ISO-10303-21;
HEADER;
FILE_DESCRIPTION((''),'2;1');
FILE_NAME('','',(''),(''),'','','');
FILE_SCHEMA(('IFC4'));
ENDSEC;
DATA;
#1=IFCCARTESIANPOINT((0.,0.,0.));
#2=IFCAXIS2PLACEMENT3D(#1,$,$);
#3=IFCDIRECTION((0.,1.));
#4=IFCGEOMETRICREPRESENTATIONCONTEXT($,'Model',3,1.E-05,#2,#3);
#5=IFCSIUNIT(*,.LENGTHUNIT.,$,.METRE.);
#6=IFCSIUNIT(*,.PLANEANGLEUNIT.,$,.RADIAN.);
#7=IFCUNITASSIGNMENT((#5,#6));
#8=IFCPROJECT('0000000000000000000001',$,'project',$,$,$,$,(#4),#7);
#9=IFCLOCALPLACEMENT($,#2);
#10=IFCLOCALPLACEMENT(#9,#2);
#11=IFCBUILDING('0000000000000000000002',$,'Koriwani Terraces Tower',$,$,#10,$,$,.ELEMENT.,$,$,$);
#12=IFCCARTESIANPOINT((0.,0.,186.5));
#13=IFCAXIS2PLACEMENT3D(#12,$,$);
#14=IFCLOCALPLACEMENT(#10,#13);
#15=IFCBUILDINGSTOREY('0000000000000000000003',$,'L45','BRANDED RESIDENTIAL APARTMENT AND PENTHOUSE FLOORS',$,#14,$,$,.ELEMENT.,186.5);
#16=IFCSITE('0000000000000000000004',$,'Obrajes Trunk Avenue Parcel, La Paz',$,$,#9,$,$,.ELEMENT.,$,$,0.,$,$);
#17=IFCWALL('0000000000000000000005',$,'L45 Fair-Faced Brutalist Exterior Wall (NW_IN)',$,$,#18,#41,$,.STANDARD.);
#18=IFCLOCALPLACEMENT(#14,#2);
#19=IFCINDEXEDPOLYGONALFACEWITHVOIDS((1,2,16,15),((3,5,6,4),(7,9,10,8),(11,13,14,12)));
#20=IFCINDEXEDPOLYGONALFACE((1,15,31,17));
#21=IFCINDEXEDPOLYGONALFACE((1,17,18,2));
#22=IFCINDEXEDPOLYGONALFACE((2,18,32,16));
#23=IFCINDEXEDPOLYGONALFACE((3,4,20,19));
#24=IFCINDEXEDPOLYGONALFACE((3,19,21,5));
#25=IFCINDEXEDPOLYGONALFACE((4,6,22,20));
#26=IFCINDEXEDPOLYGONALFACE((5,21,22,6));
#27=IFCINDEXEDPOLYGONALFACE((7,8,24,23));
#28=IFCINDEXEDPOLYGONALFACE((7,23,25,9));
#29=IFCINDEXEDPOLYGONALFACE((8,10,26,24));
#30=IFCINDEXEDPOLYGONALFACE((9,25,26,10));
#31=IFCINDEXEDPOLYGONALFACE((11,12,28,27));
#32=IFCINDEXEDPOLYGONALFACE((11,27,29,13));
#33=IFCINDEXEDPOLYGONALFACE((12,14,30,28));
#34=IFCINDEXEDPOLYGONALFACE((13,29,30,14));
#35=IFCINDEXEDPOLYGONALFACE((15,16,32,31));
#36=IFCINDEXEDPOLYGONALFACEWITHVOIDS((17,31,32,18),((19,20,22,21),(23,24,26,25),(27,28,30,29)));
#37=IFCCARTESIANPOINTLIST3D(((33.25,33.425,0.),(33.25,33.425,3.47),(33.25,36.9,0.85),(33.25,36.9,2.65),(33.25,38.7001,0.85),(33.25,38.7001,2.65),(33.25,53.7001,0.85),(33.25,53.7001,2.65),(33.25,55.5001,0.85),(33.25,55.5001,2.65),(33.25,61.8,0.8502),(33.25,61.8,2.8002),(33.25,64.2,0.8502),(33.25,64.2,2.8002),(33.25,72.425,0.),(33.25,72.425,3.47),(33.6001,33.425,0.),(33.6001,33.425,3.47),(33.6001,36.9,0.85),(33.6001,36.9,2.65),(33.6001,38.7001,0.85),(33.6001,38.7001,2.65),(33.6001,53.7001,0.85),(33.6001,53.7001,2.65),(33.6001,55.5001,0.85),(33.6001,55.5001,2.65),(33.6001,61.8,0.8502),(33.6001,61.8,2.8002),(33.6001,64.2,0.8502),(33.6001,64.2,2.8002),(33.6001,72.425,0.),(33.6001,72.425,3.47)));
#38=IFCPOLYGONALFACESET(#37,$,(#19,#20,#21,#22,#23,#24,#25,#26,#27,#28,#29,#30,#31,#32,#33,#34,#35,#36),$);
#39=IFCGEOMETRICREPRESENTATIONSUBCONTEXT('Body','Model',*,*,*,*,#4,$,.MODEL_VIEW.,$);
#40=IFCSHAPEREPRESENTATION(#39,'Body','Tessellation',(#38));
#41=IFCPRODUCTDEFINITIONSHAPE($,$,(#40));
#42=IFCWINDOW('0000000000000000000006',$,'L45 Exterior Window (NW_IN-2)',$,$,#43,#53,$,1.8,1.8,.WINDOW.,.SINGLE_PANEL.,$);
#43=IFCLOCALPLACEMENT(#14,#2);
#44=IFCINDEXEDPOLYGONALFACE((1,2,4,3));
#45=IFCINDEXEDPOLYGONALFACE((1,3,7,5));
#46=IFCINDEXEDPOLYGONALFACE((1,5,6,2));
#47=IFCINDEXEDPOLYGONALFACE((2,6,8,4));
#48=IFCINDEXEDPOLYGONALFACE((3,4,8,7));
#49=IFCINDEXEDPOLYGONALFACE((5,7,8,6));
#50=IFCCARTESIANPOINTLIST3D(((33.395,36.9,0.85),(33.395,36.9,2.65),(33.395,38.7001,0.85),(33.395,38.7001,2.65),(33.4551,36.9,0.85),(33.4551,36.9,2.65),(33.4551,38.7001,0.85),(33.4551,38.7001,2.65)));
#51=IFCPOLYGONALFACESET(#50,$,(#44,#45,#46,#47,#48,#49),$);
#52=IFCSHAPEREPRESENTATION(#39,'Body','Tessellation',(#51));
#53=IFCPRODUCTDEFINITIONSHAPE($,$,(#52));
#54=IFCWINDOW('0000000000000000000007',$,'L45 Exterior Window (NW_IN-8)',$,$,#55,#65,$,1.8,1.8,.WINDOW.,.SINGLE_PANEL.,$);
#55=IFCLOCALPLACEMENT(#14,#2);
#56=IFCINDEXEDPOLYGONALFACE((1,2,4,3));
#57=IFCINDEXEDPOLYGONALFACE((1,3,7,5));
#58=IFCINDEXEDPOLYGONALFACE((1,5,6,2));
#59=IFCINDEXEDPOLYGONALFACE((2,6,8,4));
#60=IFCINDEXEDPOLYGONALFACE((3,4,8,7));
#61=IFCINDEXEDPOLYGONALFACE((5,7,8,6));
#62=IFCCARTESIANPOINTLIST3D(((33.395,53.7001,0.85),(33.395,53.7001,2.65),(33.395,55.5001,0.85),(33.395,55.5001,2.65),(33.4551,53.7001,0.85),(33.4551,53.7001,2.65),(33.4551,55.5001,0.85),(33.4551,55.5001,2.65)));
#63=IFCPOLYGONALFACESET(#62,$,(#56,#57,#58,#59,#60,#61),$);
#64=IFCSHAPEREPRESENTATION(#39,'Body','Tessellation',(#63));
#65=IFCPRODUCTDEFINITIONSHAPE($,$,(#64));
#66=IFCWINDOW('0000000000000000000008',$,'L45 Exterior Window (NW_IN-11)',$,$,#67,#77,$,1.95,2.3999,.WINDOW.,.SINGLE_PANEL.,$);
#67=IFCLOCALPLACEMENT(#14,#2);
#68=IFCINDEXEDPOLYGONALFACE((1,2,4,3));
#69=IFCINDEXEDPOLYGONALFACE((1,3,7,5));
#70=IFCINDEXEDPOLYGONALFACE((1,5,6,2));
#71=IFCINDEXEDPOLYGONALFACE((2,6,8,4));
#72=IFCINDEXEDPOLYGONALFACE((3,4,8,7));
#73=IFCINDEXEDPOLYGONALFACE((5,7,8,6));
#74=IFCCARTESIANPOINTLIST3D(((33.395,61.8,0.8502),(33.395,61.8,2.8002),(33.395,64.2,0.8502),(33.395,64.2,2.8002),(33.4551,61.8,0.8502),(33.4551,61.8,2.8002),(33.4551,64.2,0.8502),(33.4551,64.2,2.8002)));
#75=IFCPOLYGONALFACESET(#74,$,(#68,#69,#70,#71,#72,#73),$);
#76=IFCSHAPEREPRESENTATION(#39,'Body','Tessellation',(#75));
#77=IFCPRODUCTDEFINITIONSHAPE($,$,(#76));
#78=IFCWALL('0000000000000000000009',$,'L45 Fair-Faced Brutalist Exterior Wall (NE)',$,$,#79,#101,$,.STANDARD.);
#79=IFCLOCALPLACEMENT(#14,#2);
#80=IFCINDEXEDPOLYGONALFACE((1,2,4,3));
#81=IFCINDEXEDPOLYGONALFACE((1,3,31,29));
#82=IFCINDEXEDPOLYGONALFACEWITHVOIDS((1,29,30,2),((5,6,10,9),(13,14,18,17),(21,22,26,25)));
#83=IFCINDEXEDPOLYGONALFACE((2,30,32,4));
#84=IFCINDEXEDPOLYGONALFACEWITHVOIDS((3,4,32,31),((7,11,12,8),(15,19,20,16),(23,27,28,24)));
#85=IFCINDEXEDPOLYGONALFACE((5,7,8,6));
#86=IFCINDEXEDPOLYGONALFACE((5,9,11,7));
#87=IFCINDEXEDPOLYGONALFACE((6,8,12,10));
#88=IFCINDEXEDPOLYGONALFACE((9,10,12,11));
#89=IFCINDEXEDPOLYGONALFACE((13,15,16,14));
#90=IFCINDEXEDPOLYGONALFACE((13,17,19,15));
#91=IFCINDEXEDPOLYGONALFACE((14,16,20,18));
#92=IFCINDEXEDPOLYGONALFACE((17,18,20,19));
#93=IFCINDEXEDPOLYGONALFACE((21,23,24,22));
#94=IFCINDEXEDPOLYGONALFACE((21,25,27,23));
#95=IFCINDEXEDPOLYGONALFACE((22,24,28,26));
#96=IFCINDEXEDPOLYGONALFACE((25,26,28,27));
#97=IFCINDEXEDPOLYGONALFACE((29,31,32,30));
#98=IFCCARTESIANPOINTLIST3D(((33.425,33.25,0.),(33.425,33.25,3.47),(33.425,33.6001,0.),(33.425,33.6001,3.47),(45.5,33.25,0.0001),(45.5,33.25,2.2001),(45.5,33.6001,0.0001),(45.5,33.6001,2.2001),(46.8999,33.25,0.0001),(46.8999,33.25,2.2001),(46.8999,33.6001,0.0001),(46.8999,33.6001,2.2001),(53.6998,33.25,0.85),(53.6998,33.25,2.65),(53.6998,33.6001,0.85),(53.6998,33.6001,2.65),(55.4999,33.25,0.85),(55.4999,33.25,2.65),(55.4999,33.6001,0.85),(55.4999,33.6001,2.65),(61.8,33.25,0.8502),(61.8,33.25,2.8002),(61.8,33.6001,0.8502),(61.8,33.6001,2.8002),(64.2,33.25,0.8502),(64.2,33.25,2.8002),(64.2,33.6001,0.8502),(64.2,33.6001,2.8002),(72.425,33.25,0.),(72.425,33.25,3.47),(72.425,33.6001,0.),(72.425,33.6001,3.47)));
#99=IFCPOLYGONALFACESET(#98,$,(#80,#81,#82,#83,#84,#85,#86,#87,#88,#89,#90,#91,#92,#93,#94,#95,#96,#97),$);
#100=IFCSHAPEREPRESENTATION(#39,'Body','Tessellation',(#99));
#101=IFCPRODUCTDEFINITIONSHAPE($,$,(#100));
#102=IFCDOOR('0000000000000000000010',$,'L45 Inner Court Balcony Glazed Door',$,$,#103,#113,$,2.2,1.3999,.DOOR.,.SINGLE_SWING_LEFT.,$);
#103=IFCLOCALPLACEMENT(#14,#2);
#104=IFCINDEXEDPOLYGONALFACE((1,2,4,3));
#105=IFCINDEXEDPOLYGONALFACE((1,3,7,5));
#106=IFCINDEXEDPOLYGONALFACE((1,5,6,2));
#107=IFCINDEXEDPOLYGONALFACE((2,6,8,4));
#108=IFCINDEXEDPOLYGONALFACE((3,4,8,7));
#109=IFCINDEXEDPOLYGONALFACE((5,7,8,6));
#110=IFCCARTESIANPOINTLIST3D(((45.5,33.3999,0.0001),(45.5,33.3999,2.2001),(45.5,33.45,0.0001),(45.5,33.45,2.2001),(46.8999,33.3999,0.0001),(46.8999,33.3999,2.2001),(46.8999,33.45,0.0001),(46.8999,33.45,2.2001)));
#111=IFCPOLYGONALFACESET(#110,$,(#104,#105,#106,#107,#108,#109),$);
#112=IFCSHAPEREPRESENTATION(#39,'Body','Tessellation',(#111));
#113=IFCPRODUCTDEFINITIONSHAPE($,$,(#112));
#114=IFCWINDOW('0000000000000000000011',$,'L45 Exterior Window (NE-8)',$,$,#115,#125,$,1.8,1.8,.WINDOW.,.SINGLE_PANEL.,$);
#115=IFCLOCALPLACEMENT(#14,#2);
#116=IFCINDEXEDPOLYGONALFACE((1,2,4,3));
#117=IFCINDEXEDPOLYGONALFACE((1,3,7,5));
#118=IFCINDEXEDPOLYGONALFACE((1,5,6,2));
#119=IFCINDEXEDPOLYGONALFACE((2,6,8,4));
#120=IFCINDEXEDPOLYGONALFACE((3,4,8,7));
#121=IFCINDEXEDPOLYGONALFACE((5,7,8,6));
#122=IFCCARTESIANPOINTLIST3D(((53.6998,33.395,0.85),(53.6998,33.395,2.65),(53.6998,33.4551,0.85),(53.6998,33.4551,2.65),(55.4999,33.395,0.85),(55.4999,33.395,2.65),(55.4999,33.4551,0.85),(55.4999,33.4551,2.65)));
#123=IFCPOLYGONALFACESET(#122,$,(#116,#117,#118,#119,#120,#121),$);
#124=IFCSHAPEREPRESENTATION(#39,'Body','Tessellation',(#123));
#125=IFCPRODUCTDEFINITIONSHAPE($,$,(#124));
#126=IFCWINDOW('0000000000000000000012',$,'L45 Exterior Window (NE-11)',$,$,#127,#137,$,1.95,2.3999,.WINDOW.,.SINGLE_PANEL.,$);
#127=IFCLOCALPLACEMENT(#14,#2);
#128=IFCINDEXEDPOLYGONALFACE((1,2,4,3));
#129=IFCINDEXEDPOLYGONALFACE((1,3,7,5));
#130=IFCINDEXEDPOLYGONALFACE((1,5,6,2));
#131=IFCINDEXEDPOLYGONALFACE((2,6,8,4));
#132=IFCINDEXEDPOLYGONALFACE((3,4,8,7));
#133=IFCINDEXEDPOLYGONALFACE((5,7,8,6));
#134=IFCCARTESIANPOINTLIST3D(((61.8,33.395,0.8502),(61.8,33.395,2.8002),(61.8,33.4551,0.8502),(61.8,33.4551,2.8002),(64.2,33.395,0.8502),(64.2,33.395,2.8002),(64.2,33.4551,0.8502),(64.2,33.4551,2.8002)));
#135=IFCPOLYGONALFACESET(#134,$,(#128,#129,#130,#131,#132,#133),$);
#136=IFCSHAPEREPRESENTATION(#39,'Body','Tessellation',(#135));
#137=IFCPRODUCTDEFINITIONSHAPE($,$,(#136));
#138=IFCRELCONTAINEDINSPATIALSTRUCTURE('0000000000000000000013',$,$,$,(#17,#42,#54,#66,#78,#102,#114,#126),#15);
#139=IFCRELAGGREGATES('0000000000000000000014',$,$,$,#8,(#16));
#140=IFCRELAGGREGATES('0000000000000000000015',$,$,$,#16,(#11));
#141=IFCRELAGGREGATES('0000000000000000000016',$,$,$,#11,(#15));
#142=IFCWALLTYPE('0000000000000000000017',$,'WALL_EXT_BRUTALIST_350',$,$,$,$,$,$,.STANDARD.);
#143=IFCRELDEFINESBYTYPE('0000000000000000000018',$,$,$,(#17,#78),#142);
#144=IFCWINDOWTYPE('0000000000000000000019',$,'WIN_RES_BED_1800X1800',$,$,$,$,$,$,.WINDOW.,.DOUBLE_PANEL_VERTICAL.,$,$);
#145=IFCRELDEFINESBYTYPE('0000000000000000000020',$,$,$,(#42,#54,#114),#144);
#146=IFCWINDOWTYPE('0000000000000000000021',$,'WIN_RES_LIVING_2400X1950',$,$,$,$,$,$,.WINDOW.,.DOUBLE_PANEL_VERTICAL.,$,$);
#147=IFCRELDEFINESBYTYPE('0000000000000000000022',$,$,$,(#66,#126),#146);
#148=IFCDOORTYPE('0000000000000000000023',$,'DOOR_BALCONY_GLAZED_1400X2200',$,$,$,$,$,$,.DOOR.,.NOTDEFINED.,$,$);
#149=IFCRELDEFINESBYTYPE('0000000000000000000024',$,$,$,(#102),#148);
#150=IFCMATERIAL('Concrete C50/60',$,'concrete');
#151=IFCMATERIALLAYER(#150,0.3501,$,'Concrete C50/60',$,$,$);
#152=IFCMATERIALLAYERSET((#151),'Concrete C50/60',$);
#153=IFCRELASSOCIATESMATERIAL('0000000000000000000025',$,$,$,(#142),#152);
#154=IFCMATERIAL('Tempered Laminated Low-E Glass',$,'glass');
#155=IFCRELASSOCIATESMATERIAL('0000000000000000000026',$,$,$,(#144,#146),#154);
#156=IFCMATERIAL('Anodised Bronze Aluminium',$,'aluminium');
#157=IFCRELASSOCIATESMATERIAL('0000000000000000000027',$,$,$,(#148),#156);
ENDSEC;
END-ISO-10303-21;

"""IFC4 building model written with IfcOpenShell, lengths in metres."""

from ifc_helpers import new_model, si_unit, direction, frame, frame_2d, origin, place, context, subcontext, project, spatial, rectangle, extrude, material, layer, layer_set, type_object, element, fill, save


model = new_model("IFC4")

# Units and contexts
model_context = context("Model", 3, precision=1e-05, world=origin(), true_north=direction((0.0, 1.0)))
body_context = subcontext(model_context, "Body", "Model", "MODEL_VIEW")
ifc_project = project(units=[si_unit("LENGTHUNIT", "METRE"), si_unit("PLANEANGLEUNIT", "RADIAN")], contexts=[model_context])

# Site, building, storey
site_placement = place(None, origin())
site = spatial("IfcSite", under=ifc_project, at=site_placement, Name="Obrajes Trunk Avenue Parcel, La Paz", CompositionType="ELEMENT", RefElevation=0.0)
building_placement = place(site_placement, origin())
building = spatial("IfcBuilding", under=site, at=building_placement, Name="Koriwani Terraces Tower", CompositionType="ELEMENT")
storey_placement = place(building_placement, frame((0.0, 0.0, 186.5)))
storey = spatial("IfcBuildingStorey", under=building, at=storey_placement, Name="L45", Description="BRANDED RESIDENTIAL APARTMENT AND PENTHOUSE FLOORS", CompositionType="ELEMENT", Elevation=186.5)

# Shared definitions
ifc_material_1 = material(Name="Concrete C50/60", Category="concrete")

# Wall, openings, windows
ifc_layer_1 = layer(ifc_material_1, 0.3501, Name="Concrete C50/60")
ifc_layer_set_1 = layer_set([ifc_layer_1], Name="Concrete C50/60")
wall_type_1 = type_object("IfcWallType", Name="WALL_EXT_BRUTALIST_350", PredefinedType="STANDARD", material=ifc_layer_set_1)
wall_1_placement = place(storey_placement, frame((33.425, 72.425, 0.0), z_axis=(0.0, 0.0, 1.0), x_axis=(0.0, -1.0, 0.0)))
wall_1 = element("IfcWall", 1, at=wall_1_placement, inside=storey, type_object=wall_type_1, Name="L45 Fair-Faced Brutalist Exterior Wall (NW_IN)", PredefinedType="STANDARD", context=body_context, shape_type="SweptSolid", body=[
    extrude(rectangle(XDim=39.0, YDim=0.3501, at=frame_2d((19.5, 0.0))), origin(), (0.0, 0.0, 1.0), 3.47),
])
opening_1_placement = place(wall_1_placement, frame((33.7251, 0.0, 0.8501)))
opening_1 = element("IfcOpeningElement", 2, at=opening_1_placement, cuts=wall_1, PredefinedType="OPENING", context=body_context, shape_type="SweptSolid", body=[
    extrude(rectangle(XDim=1.8, YDim=1.8, at=frame_2d((0.8999, 0.8999))), frame((0.0, 0.1851, 0.0), z_axis=(0.0, -1.0, 0.0), x_axis=(1.0, 0.0, 0.0)), (0.0, 0.0, 1.0), 0.3701),
])
opening_2_placement = place(wall_1_placement, frame((16.925, 0.0, 0.8501)))
opening_2 = element("IfcOpeningElement", 3, at=opening_2_placement, cuts=wall_1, PredefinedType="OPENING", context=body_context, shape_type="SweptSolid", body=[
    extrude(rectangle(XDim=1.8, YDim=1.8, at=frame_2d((0.8999, 0.8999))), frame((0.0, 0.1851, 0.0), z_axis=(0.0, -1.0, 0.0), x_axis=(1.0, 0.0, 0.0)), (0.0, 0.0, 1.0), 0.3701),
])
opening_3_placement = place(wall_1_placement, frame((8.2251, 0.0, 0.8501)))
opening_3 = element("IfcOpeningElement", 4, at=opening_3_placement, cuts=wall_1, PredefinedType="OPENING", context=body_context, shape_type="SweptSolid", body=[
    extrude(rectangle(XDim=2.3999, YDim=1.95, at=frame_2d((1.2, 0.9751))), frame((0.0, 0.1851, 0.0), z_axis=(0.0, -1.0, 0.0), x_axis=(1.0, 0.0, 0.0)), (0.0, 0.0, 1.0), 0.3701),
])
ifc_material_2 = material(Name="Tempered Laminated Low-E Glass", Category="glass")
window_type_1 = type_object("IfcWindowType", Name="WIN_RES_BED_1800X1800", PartitioningType="DOUBLE_PANEL_VERTICAL", PredefinedType="WINDOW", material=ifc_material_2)
window_1_placement = place(opening_1_placement, origin())
window_1 = element("IfcWindow", 5, at=window_1_placement, inside=storey, type_object=window_type_1, Name="L45 Exterior Window (NW_IN-2)", OverallHeight=1.8, OverallWidth=1.8, PartitioningType="SINGLE_PANEL", PredefinedType="WINDOW", context=body_context, shape_type="SweptSolid", body=[
    extrude(rectangle(XDim=1.8, YDim=1.8, at=frame_2d((0.8999, 0.8999))), frame((0.0, 0.03, 0.0), z_axis=(0.0, -1.0, 0.0), x_axis=(1.0, 0.0, 0.0)), (0.0, 0.0, 1.0), 0.0601),
])
fill(opening_1, window_1)
window_2_placement = place(opening_2_placement, origin())
window_2 = element("IfcWindow", 6, at=window_2_placement, inside=storey, type_object=window_type_1, Name="L45 Exterior Window (NW_IN-8)", OverallHeight=1.8, OverallWidth=1.8, PartitioningType="SINGLE_PANEL", PredefinedType="WINDOW", context=body_context, shape_type="SweptSolid", body=[
    extrude(rectangle(XDim=1.8, YDim=1.8, at=frame_2d((0.8999, 0.8999))), frame((0.0, 0.03, 0.0), z_axis=(0.0, -1.0, 0.0), x_axis=(1.0, 0.0, 0.0)), (0.0, 0.0, 1.0), 0.0601),
])
fill(opening_2, window_2)
window_type_2 = type_object("IfcWindowType", Name="WIN_RES_LIVING_2400X1950", PartitioningType="DOUBLE_PANEL_VERTICAL", PredefinedType="WINDOW", material=ifc_material_2)
window_3_placement = place(opening_3_placement, origin())
window_3 = element("IfcWindow", 7, at=window_3_placement, inside=storey, type_object=window_type_2, Name="L45 Exterior Window (NW_IN-11)", OverallHeight=1.95, OverallWidth=2.3999, PartitioningType="SINGLE_PANEL", PredefinedType="WINDOW", context=body_context, shape_type="SweptSolid", body=[
    extrude(rectangle(XDim=2.3999, YDim=1.95, at=frame_2d((1.2, 0.9751))), frame((0.0, 0.03, 0.0), z_axis=(0.0, -1.0, 0.0), x_axis=(1.0, 0.0, 0.0)), (0.0, 0.0, 1.0), 0.0601),
])
fill(opening_3, window_3)

# Wall, openings, door, windows
wall_2_placement = place(storey_placement, frame((33.425, 33.425, 0.0), z_axis=(0.0, 0.0, 1.0), x_axis=(1.0, 0.0, 0.0)))
wall_2 = element("IfcWall", 8, at=wall_2_placement, inside=storey, type_object=wall_type_1, Name="L45 Fair-Faced Brutalist Exterior Wall (NE)", PredefinedType="STANDARD", context=body_context, shape_type="SweptSolid", body=[
    extrude(rectangle(XDim=39.0, YDim=0.3501, at=frame_2d((19.5, 0.0))), origin(), (0.0, 0.0, 1.0), 3.47),
])
opening_4_placement = place(wall_2_placement, frame((12.075, 0.0, 0.0)))
opening_4 = element("IfcOpeningElement", 9, at=opening_4_placement, cuts=wall_2, PredefinedType="OPENING", context=body_context, shape_type="SweptSolid", body=[
    extrude(rectangle(XDim=1.3999, YDim=2.2, at=frame_2d((0.7, 1.1001))), frame((0.0, 0.1851, 0.0), z_axis=(0.0, -1.0, 0.0), x_axis=(1.0, 0.0, 0.0)), (0.0, 0.0, 1.0), 0.3701),
])
opening_5_placement = place(wall_2_placement, frame((20.2749, 0.0, 0.8501)))
opening_5 = element("IfcOpeningElement", 10, at=opening_5_placement, cuts=wall_2, PredefinedType="OPENING", context=body_context, shape_type="SweptSolid", body=[
    extrude(rectangle(XDim=1.8, YDim=1.8, at=frame_2d((0.8999, 0.8999))), frame((0.0, 0.1851, 0.0), z_axis=(0.0, -1.0, 0.0), x_axis=(1.0, 0.0, 0.0)), (0.0, 0.0, 1.0), 0.3701),
])
opening_6_placement = place(wall_2_placement, frame((28.375, 0.0, 0.8501)))
opening_6 = element("IfcOpeningElement", 11, at=opening_6_placement, cuts=wall_2, PredefinedType="OPENING", context=body_context, shape_type="SweptSolid", body=[
    extrude(rectangle(XDim=2.3999, YDim=1.95, at=frame_2d((1.2, 0.9751))), frame((0.0, 0.1851, 0.0), z_axis=(0.0, -1.0, 0.0), x_axis=(1.0, 0.0, 0.0)), (0.0, 0.0, 1.0), 0.3701),
])
ifc_material_3 = material(Name="Anodised Bronze Aluminium", Category="aluminium")
door_type = type_object("IfcDoorType", Name="DOOR_BALCONY_GLAZED_1400X2200", OperationType="NOTDEFINED", PredefinedType="DOOR", material=ifc_material_3)
door_placement = place(opening_4_placement, origin())
door = element("IfcDoor", 12, at=door_placement, inside=storey, type_object=door_type, Name="L45 Inner Court Balcony Glazed Door", OperationType="SINGLE_SWING_LEFT", OverallHeight=2.2, OverallWidth=1.3999, PredefinedType="DOOR", context=body_context, shape_type="SweptSolid", body=[
    extrude(rectangle(XDim=1.3999, YDim=2.2, at=frame_2d((0.7, 1.1001))), frame((0.0, 0.0249, 0.0), z_axis=(0.0, -1.0, 0.0), x_axis=(1.0, 0.0, 0.0)), (0.0, 0.0, 1.0), 0.05),
])
fill(opening_4, door)
window_4_placement = place(opening_5_placement, origin())
window_4 = element("IfcWindow", 13, at=window_4_placement, inside=storey, type_object=window_type_1, Name="L45 Exterior Window (NE-8)", OverallHeight=1.8, OverallWidth=1.8, PartitioningType="SINGLE_PANEL", PredefinedType="WINDOW", context=body_context, shape_type="SweptSolid", body=[
    extrude(rectangle(XDim=1.8, YDim=1.8, at=frame_2d((0.8999, 0.8999))), frame((0.0, 0.03, 0.0), z_axis=(0.0, -1.0, 0.0), x_axis=(1.0, 0.0, 0.0)), (0.0, 0.0, 1.0), 0.0601),
])
fill(opening_5, window_4)
window_5_placement = place(opening_6_placement, origin())
window_5 = element("IfcWindow", 14, at=window_5_placement, inside=storey, type_object=window_type_2, Name="L45 Exterior Window (NE-11)", OverallHeight=1.95, OverallWidth=2.3999, PartitioningType="SINGLE_PANEL", PredefinedType="WINDOW", context=body_context, shape_type="SweptSolid", body=[
    extrude(rectangle(XDim=2.3999, YDim=1.95, at=frame_2d((1.2, 0.9751))), frame((0.0, 0.03, 0.0), z_axis=(0.0, -1.0, 0.0), x_axis=(1.0, 0.0, 0.0)), (0.0, 0.0, 1.0), 0.0601),
])
fill(opening_6, window_5)

save(model, "model.ifc")
